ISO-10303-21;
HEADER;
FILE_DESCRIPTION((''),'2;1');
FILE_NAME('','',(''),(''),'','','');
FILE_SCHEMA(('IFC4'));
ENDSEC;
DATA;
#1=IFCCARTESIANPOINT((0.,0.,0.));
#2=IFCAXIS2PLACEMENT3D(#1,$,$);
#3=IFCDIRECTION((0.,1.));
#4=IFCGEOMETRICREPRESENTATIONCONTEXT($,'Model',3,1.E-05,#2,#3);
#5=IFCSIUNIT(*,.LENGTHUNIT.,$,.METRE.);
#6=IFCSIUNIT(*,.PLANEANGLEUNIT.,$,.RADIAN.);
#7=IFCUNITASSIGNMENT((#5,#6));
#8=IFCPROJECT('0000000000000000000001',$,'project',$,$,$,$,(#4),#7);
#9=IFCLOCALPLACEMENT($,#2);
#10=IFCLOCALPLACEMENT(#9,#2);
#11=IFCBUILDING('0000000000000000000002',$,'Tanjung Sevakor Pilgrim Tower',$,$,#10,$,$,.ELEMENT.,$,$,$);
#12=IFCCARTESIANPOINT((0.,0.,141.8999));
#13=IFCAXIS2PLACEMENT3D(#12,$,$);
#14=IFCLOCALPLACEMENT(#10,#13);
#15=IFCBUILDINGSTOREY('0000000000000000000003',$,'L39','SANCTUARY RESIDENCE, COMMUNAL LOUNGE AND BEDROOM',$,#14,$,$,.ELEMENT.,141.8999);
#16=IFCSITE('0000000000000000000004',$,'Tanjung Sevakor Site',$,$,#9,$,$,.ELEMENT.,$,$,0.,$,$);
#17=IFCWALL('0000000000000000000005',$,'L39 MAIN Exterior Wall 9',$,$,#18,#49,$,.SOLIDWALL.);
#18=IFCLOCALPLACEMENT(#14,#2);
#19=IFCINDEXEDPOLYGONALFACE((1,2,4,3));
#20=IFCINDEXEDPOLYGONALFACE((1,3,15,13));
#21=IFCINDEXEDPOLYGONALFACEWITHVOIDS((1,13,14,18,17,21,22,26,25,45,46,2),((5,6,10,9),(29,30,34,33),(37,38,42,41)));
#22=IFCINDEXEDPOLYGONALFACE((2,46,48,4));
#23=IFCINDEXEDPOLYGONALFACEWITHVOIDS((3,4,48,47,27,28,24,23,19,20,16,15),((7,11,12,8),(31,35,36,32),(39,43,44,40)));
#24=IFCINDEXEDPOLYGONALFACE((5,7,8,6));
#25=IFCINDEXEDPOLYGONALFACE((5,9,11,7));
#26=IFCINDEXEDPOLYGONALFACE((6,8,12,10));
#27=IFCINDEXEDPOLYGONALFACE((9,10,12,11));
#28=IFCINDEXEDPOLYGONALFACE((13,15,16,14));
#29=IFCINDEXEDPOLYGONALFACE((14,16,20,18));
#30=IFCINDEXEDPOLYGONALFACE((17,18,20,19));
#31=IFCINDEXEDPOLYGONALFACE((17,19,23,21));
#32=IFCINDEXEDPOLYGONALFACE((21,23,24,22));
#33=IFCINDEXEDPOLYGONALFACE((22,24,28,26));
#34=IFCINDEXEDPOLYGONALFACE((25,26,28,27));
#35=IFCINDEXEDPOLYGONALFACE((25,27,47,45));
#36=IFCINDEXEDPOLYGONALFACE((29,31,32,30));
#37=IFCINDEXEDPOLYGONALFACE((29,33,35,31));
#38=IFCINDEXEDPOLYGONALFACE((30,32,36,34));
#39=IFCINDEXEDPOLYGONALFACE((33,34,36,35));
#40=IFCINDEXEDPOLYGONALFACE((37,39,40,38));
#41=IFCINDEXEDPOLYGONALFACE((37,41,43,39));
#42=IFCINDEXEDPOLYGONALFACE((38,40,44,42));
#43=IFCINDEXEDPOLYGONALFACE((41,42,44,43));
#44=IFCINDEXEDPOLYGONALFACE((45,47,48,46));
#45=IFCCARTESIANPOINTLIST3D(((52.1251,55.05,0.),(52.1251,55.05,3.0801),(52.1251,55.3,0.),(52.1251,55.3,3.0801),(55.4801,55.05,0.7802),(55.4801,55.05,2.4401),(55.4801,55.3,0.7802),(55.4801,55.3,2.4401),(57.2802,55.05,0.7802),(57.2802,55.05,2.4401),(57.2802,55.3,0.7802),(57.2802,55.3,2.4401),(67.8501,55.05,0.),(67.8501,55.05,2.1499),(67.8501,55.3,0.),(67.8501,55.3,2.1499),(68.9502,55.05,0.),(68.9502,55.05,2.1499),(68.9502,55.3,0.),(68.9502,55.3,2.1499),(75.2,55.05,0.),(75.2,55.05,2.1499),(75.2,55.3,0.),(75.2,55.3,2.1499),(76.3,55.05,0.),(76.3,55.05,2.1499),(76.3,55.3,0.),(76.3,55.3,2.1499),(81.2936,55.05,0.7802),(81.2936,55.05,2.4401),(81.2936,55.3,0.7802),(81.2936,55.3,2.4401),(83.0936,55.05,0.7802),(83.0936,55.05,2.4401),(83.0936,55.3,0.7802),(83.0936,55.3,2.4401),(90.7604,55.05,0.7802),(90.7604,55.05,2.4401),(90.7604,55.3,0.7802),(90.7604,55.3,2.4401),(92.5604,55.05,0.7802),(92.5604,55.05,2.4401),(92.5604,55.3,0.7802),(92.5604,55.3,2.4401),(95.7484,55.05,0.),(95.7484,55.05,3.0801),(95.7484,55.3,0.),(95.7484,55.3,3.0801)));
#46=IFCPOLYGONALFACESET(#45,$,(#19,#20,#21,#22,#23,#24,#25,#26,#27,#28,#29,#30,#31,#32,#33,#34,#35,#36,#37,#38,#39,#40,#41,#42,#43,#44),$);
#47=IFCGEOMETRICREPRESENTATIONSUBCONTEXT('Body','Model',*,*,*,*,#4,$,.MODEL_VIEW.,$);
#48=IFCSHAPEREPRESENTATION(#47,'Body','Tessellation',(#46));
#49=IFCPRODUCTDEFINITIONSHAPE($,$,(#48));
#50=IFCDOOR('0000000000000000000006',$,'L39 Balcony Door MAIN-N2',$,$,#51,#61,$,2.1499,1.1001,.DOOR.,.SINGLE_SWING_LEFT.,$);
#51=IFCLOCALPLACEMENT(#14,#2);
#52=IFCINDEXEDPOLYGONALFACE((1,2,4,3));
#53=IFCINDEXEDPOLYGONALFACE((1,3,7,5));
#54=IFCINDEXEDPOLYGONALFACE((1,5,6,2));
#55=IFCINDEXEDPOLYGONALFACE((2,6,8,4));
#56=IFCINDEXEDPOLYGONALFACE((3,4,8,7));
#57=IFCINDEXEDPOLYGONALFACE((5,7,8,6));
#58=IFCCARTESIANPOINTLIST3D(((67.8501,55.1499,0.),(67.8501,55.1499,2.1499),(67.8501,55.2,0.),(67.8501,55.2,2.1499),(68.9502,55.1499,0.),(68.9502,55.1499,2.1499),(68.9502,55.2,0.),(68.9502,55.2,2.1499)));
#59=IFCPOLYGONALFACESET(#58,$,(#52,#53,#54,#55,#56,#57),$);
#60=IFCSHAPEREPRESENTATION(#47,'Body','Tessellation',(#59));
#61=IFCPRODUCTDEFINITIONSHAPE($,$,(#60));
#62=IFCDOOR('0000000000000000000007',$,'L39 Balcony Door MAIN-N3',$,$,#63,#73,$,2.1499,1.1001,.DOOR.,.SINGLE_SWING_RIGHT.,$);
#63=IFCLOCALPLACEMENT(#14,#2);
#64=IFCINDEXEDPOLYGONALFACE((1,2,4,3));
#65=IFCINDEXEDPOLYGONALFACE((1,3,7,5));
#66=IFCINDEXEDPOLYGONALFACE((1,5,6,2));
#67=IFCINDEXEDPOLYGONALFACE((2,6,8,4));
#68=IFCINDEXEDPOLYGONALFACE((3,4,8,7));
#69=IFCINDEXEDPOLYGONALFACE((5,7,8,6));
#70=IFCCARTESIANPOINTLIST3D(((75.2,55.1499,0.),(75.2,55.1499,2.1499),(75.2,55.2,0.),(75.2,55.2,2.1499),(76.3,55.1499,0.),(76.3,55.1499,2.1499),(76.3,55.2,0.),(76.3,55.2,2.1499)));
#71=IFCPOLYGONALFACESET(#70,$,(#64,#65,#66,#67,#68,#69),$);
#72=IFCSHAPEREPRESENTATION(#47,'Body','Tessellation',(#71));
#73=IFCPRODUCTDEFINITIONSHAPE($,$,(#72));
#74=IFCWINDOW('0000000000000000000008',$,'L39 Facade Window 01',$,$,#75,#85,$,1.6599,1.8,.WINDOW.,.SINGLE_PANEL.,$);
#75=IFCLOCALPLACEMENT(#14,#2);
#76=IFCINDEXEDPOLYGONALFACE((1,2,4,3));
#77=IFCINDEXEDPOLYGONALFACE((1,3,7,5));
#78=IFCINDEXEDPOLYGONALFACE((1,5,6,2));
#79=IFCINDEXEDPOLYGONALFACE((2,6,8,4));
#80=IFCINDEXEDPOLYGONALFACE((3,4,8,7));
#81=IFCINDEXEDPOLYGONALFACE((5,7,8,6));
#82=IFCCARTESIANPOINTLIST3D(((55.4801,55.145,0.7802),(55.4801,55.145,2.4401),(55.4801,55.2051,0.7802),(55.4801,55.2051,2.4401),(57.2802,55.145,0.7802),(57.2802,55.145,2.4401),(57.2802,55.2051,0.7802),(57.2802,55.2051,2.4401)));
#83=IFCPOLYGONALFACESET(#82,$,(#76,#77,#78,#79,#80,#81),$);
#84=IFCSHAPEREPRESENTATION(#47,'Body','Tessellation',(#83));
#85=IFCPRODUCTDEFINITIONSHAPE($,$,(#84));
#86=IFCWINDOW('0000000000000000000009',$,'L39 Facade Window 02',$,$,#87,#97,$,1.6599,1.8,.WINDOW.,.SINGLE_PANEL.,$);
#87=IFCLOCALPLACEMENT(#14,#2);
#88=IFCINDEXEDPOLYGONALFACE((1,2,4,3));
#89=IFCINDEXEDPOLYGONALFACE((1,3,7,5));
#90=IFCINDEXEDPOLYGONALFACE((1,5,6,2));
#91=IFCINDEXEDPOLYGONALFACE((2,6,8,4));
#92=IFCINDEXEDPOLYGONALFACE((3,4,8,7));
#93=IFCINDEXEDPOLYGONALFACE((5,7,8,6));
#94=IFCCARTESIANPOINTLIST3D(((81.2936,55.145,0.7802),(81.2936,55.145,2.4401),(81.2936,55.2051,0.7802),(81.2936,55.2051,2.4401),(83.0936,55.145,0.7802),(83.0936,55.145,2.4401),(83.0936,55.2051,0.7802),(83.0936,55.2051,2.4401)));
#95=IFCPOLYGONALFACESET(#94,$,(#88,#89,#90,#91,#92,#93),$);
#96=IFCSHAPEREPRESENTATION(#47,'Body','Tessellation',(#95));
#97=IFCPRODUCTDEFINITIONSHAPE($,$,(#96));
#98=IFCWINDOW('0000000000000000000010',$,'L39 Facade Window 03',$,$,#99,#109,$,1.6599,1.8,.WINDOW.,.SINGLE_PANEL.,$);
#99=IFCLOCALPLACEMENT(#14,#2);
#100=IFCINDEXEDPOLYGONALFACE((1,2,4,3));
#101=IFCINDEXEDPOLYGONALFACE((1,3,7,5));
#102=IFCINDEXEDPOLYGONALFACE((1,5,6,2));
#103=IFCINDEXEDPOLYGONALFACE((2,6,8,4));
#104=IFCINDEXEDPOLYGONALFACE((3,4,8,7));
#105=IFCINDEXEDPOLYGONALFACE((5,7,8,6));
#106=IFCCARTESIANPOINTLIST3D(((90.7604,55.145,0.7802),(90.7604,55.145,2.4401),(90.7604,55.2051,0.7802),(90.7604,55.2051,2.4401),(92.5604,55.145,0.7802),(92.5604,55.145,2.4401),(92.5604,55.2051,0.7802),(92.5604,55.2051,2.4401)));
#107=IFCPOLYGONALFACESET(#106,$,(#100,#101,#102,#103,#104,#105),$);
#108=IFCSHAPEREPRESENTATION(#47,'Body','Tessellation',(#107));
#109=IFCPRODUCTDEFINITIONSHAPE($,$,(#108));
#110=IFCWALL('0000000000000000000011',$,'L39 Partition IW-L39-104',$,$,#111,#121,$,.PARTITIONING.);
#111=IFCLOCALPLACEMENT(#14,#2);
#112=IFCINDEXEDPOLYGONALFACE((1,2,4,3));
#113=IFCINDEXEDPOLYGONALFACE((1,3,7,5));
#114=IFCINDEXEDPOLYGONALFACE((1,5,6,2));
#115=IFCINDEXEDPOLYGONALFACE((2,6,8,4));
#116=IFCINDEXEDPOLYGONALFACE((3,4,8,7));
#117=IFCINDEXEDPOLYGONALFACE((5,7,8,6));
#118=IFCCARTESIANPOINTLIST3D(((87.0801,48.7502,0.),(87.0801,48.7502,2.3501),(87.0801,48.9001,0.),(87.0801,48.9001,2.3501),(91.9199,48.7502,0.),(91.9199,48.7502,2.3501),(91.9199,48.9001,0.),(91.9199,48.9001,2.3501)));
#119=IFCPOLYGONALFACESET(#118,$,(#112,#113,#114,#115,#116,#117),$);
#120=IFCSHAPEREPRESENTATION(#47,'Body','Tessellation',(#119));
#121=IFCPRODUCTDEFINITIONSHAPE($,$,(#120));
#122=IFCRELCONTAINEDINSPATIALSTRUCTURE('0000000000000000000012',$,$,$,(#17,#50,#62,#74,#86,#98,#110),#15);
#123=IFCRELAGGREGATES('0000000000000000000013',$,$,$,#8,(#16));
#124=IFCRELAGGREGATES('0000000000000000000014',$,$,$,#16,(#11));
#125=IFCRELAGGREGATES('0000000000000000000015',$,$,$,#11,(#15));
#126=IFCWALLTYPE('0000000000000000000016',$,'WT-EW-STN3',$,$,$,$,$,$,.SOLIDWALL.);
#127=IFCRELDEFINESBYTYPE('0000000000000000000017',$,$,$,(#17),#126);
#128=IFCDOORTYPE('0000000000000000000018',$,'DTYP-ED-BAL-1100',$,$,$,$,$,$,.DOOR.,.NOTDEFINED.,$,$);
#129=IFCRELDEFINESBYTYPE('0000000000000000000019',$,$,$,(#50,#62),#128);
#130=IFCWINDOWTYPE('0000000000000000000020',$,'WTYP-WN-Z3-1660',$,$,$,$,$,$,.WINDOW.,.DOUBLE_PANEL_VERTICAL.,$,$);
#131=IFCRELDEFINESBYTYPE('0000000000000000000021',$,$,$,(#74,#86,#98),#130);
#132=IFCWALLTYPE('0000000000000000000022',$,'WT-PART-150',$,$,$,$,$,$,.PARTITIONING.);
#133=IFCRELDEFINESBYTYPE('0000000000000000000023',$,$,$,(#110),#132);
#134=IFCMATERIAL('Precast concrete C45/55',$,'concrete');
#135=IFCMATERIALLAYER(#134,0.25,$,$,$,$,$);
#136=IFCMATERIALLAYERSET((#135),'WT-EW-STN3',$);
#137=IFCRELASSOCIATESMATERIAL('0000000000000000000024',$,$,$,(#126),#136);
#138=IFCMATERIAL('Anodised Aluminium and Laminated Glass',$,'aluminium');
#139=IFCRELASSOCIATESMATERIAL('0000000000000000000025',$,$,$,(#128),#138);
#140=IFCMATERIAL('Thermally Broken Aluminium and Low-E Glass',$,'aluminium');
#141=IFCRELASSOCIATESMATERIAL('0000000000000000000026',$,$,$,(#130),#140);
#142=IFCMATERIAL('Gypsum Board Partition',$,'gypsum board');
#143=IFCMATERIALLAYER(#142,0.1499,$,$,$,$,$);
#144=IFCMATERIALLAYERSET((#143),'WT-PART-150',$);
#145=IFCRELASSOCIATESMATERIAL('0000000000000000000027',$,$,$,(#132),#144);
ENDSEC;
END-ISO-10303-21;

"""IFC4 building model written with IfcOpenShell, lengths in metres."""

from ifc_helpers import new_model, si_unit, direction, frame, frame_2d, origin, place, context, subcontext, project, spatial, rectangle, extrude, material, layer, layer_set, type_object, element, fill, save


model = new_model("IFC4")

# Units and contexts
model_context = context("Model", 3, precision=1e-05, world=origin(), true_north=direction((0.0, 1.0)))
body_context = subcontext(model_context, "Body", "Model", "MODEL_VIEW")
ifc_project = project(units=[si_unit("LENGTHUNIT", "METRE"), si_unit("PLANEANGLEUNIT", "RADIAN")], contexts=[model_context])

# Site, building, storey
site_placement = place(None, origin())
site = spatial("IfcSite", under=ifc_project, at=site_placement, Name="Tanjung Sevakor Site", CompositionType="ELEMENT", RefElevation=0.0)
building_placement = place(site_placement, origin())
building = spatial("IfcBuilding", under=site, at=building_placement, Name="Tanjung Sevakor Pilgrim Tower", CompositionType="ELEMENT")
storey_placement = place(building_placement, frame((0.0, 0.0, 141.8999)))
storey = spatial("IfcBuildingStorey", under=building, at=storey_placement, Name="L39", Description="SANCTUARY RESIDENCE, COMMUNAL LOUNGE AND BEDROOM", CompositionType="ELEMENT", Elevation=141.8999)

# Shared definitions
ifc_material_1 = material(Name="Precast concrete C45/55", Category="concrete")
ifc_layer_1 = layer(ifc_material_1, 0.25)
ifc_layer_set_1 = layer_set([ifc_layer_1], Name="WT-EW-STN3")
wall_type_1 = type_object("IfcWallType", Name="WT-EW-STN3", PredefinedType="SOLIDWALL", material=ifc_layer_set_1)

# Wall, openings, doors, windows
wall_1_placement = place(storey_placement, frame((95.7483, 55.175, 0.0), z_axis=(0.0, 0.0, 1.0), x_axis=(-1.0, 0.0, 0.0)))
wall_1 = element("IfcWall", 1, at=wall_1_placement, inside=storey, type_object=wall_type_1, Name="L39 MAIN Exterior Wall 9", PredefinedType="SOLIDWALL", context=body_context, shape_type="SweptSolid", body=[
    extrude(rectangle(XDim=43.6233, YDim=0.25, at=frame_2d((21.8115, 0.0))), origin(), (0.0, 0.0, 1.0), 3.0801),
])
opening_1_placement = place(wall_1_placement, frame((26.7981, 0.0, 0.0)))
opening_1 = element("IfcOpeningElement", 2, at=opening_1_placement, cuts=wall_1, PredefinedType="OPENING", context=body_context, shape_type="SweptSolid", body=[
    extrude(rectangle(XDim=1.1001, YDim=2.1499, at=frame_2d((0.55, 1.075))), frame((0.0, 0.135, 0.0), z_axis=(0.0, -1.0, 0.0), x_axis=(1.0, 0.0, 0.0)), (0.0, 0.0, 1.0), 0.27),
])
opening_2_placement = place(wall_1_placement, frame((19.4482, 0.0, 0.0)))
opening_2 = element("IfcOpeningElement", 3, at=opening_2_placement, cuts=wall_1, PredefinedType="OPENING", context=body_context, shape_type="SweptSolid", body=[
    extrude(rectangle(XDim=1.1001, YDim=2.1499, at=frame_2d((0.55, 1.075))), frame((0.0, 0.135, 0.0), z_axis=(0.0, -1.0, 0.0), x_axis=(1.0, 0.0, 0.0)), (0.0, 0.0, 1.0), 0.27),
])
opening_3_placement = place(wall_1_placement, frame((38.4683, 0.0, 0.78)))
opening_3 = element("IfcOpeningElement", 4, at=opening_3_placement, cuts=wall_1, PredefinedType="OPENING", context=body_context, shape_type="SweptSolid", body=[
    extrude(rectangle(XDim=1.8, YDim=1.6599, at=frame_2d((0.8999, 0.8301))), frame((0.0, 0.135, 0.0), z_axis=(0.0, -1.0, 0.0), x_axis=(1.0, 0.0, 0.0)), (0.0, 0.0, 1.0), 0.27),
])
opening_4_placement = place(wall_1_placement, frame((12.6548, 0.0, 0.78)))
opening_4 = element("IfcOpeningElement", 5, at=opening_4_placement, cuts=wall_1, PredefinedType="OPENING", context=body_context, shape_type="SweptSolid", body=[
    extrude(rectangle(XDim=1.8, YDim=1.6599, at=frame_2d((0.8999, 0.8301))), frame((0.0, 0.135, 0.0), z_axis=(0.0, -1.0, 0.0), x_axis=(1.0, 0.0, 0.0)), (0.0, 0.0, 1.0), 0.27),
])
opening_5_placement = place(wall_1_placement, frame((3.188, 0.0, 0.78)))
opening_5 = element("IfcOpeningElement", 6, at=opening_5_placement, cuts=wall_1, PredefinedType="OPENING", context=body_context, shape_type="SweptSolid", body=[
    extrude(rectangle(XDim=1.8, YDim=1.6599, at=frame_2d((0.8999, 0.8301))), frame((0.0, 0.135, 0.0), z_axis=(0.0, -1.0, 0.0), x_axis=(1.0, 0.0, 0.0)), (0.0, 0.0, 1.0), 0.27),
])
ifc_material_2 = material(Name="Anodised Aluminium and Laminated Glass", Category="aluminium")
door_type_1 = type_object("IfcDoorType", Name="DTYP-ED-BAL-1100", OperationType="NOTDEFINED", PredefinedType="DOOR", material=ifc_material_2)
door_1_placement = place(opening_1_placement, frame((1.1001, 0.0, 0.0), z_axis=(0.0, 0.0, 1.0), x_axis=(-1.0, 0.0, 0.0)))
door_1 = element("IfcDoor", 7, at=door_1_placement, inside=storey, type_object=door_type_1, Name="L39 Balcony Door MAIN-N2", OperationType="SINGLE_SWING_LEFT", OverallHeight=2.1499, OverallWidth=1.1001, PredefinedType="DOOR", context=body_context, shape_type="SweptSolid", body=[
    extrude(rectangle(XDim=1.1001, YDim=2.1499, at=frame_2d((0.55, 1.075))), frame((0.0, 0.0249, 0.0), z_axis=(0.0, -1.0, 0.0), x_axis=(1.0, 0.0, 0.0)), (0.0, 0.0, 1.0), 0.05),
])
fill(opening_1, door_1)
door_2_placement = place(opening_2_placement, frame((1.1001, 0.0, 0.0), z_axis=(0.0, 0.0, 1.0), x_axis=(-1.0, 0.0, 0.0)))
door_2 = element("IfcDoor", 8, at=door_2_placement, inside=storey, type_object=door_type_1, Name="L39 Balcony Door MAIN-N3", OperationType="SINGLE_SWING_RIGHT", OverallHeight=2.1499, OverallWidth=1.1001, PredefinedType="DOOR", context=body_context, shape_type="SweptSolid", body=[
    extrude(rectangle(XDim=1.1001, YDim=2.1499, at=frame_2d((0.55, 1.075))), frame((0.0, 0.0249, 0.0), z_axis=(0.0, -1.0, 0.0), x_axis=(1.0, 0.0, 0.0)), (0.0, 0.0, 1.0), 0.05),
])
fill(opening_2, door_2)
ifc_material_3 = material(Name="Thermally Broken Aluminium and Low-E Glass", Category="aluminium")
window_type_1 = type_object("IfcWindowType", Name="WTYP-WN-Z3-1660", PartitioningType="DOUBLE_PANEL_VERTICAL", PredefinedType="WINDOW", material=ifc_material_3)
window_1_placement = place(opening_3_placement, origin())
window_1 = element("IfcWindow", 9, at=window_1_placement, inside=storey, type_object=window_type_1, Name="L39 Facade Window 01", OverallHeight=1.6599, OverallWidth=1.8, PartitioningType="SINGLE_PANEL", PredefinedType="WINDOW", context=body_context, shape_type="SweptSolid", body=[
    extrude(rectangle(XDim=1.8, YDim=1.6599, at=frame_2d((0.8999, 0.8301))), frame((0.0, 0.03, 0.0), z_axis=(0.0, -1.0, 0.0), x_axis=(1.0, 0.0, 0.0)), (0.0, 0.0, 1.0), 0.0601),
])
fill(opening_3, window_1)
window_2_placement = place(opening_4_placement, origin())
window_2 = element("IfcWindow", 10, at=window_2_placement, inside=storey, type_object=window_type_1, Name="L39 Facade Window 02", OverallHeight=1.6599, OverallWidth=1.8, PartitioningType="SINGLE_PANEL", PredefinedType="WINDOW", context=body_context, shape_type="SweptSolid", body=[
    extrude(rectangle(XDim=1.8, YDim=1.6599, at=frame_2d((0.8999, 0.8301))), frame((0.0, 0.03, 0.0), z_axis=(0.0, -1.0, 0.0), x_axis=(1.0, 0.0, 0.0)), (0.0, 0.0, 1.0), 0.0601),
])
fill(opening_4, window_2)
window_3_placement = place(opening_5_placement, origin())
window_3 = element("IfcWindow", 11, at=window_3_placement, inside=storey, type_object=window_type_1, Name="L39 Facade Window 03", OverallHeight=1.6599, OverallWidth=1.8, PartitioningType="SINGLE_PANEL", PredefinedType="WINDOW", context=body_context, shape_type="SweptSolid", body=[
    extrude(rectangle(XDim=1.8, YDim=1.6599, at=frame_2d((0.8999, 0.8301))), frame((0.0, 0.03, 0.0), z_axis=(0.0, -1.0, 0.0), x_axis=(1.0, 0.0, 0.0)), (0.0, 0.0, 1.0), 0.0601),
])
fill(opening_5, window_3)

# Wall
ifc_material_4 = material(Name="Gypsum Board Partition", Category="gypsum board")
ifc_layer_2 = layer(ifc_material_4, 0.1499)
ifc_layer_set_2 = layer_set([ifc_layer_2], Name="WT-PART-150")
wall_type_2 = type_object("IfcWallType", Name="WT-PART-150", PredefinedType="PARTITIONING", material=ifc_layer_set_2)
wall_2_placement = place(storey_placement, frame((87.0801, 48.8252, 0.0), z_axis=(0.0, 0.0, 1.0), x_axis=(1.0, 0.0, 0.0)))
element("IfcWall", 12, at=wall_2_placement, inside=storey, type_object=wall_type_2, Name="L39 Partition IW-L39-104", PredefinedType="PARTITIONING", context=body_context, shape_type="SweptSolid", body=[
    extrude(rectangle(XDim=4.8398, YDim=0.1499, at=frame_2d((2.4199, 0.0))), origin(), (0.0, 0.0, 1.0), 2.3501),
])

save(model, "model.ifc")
